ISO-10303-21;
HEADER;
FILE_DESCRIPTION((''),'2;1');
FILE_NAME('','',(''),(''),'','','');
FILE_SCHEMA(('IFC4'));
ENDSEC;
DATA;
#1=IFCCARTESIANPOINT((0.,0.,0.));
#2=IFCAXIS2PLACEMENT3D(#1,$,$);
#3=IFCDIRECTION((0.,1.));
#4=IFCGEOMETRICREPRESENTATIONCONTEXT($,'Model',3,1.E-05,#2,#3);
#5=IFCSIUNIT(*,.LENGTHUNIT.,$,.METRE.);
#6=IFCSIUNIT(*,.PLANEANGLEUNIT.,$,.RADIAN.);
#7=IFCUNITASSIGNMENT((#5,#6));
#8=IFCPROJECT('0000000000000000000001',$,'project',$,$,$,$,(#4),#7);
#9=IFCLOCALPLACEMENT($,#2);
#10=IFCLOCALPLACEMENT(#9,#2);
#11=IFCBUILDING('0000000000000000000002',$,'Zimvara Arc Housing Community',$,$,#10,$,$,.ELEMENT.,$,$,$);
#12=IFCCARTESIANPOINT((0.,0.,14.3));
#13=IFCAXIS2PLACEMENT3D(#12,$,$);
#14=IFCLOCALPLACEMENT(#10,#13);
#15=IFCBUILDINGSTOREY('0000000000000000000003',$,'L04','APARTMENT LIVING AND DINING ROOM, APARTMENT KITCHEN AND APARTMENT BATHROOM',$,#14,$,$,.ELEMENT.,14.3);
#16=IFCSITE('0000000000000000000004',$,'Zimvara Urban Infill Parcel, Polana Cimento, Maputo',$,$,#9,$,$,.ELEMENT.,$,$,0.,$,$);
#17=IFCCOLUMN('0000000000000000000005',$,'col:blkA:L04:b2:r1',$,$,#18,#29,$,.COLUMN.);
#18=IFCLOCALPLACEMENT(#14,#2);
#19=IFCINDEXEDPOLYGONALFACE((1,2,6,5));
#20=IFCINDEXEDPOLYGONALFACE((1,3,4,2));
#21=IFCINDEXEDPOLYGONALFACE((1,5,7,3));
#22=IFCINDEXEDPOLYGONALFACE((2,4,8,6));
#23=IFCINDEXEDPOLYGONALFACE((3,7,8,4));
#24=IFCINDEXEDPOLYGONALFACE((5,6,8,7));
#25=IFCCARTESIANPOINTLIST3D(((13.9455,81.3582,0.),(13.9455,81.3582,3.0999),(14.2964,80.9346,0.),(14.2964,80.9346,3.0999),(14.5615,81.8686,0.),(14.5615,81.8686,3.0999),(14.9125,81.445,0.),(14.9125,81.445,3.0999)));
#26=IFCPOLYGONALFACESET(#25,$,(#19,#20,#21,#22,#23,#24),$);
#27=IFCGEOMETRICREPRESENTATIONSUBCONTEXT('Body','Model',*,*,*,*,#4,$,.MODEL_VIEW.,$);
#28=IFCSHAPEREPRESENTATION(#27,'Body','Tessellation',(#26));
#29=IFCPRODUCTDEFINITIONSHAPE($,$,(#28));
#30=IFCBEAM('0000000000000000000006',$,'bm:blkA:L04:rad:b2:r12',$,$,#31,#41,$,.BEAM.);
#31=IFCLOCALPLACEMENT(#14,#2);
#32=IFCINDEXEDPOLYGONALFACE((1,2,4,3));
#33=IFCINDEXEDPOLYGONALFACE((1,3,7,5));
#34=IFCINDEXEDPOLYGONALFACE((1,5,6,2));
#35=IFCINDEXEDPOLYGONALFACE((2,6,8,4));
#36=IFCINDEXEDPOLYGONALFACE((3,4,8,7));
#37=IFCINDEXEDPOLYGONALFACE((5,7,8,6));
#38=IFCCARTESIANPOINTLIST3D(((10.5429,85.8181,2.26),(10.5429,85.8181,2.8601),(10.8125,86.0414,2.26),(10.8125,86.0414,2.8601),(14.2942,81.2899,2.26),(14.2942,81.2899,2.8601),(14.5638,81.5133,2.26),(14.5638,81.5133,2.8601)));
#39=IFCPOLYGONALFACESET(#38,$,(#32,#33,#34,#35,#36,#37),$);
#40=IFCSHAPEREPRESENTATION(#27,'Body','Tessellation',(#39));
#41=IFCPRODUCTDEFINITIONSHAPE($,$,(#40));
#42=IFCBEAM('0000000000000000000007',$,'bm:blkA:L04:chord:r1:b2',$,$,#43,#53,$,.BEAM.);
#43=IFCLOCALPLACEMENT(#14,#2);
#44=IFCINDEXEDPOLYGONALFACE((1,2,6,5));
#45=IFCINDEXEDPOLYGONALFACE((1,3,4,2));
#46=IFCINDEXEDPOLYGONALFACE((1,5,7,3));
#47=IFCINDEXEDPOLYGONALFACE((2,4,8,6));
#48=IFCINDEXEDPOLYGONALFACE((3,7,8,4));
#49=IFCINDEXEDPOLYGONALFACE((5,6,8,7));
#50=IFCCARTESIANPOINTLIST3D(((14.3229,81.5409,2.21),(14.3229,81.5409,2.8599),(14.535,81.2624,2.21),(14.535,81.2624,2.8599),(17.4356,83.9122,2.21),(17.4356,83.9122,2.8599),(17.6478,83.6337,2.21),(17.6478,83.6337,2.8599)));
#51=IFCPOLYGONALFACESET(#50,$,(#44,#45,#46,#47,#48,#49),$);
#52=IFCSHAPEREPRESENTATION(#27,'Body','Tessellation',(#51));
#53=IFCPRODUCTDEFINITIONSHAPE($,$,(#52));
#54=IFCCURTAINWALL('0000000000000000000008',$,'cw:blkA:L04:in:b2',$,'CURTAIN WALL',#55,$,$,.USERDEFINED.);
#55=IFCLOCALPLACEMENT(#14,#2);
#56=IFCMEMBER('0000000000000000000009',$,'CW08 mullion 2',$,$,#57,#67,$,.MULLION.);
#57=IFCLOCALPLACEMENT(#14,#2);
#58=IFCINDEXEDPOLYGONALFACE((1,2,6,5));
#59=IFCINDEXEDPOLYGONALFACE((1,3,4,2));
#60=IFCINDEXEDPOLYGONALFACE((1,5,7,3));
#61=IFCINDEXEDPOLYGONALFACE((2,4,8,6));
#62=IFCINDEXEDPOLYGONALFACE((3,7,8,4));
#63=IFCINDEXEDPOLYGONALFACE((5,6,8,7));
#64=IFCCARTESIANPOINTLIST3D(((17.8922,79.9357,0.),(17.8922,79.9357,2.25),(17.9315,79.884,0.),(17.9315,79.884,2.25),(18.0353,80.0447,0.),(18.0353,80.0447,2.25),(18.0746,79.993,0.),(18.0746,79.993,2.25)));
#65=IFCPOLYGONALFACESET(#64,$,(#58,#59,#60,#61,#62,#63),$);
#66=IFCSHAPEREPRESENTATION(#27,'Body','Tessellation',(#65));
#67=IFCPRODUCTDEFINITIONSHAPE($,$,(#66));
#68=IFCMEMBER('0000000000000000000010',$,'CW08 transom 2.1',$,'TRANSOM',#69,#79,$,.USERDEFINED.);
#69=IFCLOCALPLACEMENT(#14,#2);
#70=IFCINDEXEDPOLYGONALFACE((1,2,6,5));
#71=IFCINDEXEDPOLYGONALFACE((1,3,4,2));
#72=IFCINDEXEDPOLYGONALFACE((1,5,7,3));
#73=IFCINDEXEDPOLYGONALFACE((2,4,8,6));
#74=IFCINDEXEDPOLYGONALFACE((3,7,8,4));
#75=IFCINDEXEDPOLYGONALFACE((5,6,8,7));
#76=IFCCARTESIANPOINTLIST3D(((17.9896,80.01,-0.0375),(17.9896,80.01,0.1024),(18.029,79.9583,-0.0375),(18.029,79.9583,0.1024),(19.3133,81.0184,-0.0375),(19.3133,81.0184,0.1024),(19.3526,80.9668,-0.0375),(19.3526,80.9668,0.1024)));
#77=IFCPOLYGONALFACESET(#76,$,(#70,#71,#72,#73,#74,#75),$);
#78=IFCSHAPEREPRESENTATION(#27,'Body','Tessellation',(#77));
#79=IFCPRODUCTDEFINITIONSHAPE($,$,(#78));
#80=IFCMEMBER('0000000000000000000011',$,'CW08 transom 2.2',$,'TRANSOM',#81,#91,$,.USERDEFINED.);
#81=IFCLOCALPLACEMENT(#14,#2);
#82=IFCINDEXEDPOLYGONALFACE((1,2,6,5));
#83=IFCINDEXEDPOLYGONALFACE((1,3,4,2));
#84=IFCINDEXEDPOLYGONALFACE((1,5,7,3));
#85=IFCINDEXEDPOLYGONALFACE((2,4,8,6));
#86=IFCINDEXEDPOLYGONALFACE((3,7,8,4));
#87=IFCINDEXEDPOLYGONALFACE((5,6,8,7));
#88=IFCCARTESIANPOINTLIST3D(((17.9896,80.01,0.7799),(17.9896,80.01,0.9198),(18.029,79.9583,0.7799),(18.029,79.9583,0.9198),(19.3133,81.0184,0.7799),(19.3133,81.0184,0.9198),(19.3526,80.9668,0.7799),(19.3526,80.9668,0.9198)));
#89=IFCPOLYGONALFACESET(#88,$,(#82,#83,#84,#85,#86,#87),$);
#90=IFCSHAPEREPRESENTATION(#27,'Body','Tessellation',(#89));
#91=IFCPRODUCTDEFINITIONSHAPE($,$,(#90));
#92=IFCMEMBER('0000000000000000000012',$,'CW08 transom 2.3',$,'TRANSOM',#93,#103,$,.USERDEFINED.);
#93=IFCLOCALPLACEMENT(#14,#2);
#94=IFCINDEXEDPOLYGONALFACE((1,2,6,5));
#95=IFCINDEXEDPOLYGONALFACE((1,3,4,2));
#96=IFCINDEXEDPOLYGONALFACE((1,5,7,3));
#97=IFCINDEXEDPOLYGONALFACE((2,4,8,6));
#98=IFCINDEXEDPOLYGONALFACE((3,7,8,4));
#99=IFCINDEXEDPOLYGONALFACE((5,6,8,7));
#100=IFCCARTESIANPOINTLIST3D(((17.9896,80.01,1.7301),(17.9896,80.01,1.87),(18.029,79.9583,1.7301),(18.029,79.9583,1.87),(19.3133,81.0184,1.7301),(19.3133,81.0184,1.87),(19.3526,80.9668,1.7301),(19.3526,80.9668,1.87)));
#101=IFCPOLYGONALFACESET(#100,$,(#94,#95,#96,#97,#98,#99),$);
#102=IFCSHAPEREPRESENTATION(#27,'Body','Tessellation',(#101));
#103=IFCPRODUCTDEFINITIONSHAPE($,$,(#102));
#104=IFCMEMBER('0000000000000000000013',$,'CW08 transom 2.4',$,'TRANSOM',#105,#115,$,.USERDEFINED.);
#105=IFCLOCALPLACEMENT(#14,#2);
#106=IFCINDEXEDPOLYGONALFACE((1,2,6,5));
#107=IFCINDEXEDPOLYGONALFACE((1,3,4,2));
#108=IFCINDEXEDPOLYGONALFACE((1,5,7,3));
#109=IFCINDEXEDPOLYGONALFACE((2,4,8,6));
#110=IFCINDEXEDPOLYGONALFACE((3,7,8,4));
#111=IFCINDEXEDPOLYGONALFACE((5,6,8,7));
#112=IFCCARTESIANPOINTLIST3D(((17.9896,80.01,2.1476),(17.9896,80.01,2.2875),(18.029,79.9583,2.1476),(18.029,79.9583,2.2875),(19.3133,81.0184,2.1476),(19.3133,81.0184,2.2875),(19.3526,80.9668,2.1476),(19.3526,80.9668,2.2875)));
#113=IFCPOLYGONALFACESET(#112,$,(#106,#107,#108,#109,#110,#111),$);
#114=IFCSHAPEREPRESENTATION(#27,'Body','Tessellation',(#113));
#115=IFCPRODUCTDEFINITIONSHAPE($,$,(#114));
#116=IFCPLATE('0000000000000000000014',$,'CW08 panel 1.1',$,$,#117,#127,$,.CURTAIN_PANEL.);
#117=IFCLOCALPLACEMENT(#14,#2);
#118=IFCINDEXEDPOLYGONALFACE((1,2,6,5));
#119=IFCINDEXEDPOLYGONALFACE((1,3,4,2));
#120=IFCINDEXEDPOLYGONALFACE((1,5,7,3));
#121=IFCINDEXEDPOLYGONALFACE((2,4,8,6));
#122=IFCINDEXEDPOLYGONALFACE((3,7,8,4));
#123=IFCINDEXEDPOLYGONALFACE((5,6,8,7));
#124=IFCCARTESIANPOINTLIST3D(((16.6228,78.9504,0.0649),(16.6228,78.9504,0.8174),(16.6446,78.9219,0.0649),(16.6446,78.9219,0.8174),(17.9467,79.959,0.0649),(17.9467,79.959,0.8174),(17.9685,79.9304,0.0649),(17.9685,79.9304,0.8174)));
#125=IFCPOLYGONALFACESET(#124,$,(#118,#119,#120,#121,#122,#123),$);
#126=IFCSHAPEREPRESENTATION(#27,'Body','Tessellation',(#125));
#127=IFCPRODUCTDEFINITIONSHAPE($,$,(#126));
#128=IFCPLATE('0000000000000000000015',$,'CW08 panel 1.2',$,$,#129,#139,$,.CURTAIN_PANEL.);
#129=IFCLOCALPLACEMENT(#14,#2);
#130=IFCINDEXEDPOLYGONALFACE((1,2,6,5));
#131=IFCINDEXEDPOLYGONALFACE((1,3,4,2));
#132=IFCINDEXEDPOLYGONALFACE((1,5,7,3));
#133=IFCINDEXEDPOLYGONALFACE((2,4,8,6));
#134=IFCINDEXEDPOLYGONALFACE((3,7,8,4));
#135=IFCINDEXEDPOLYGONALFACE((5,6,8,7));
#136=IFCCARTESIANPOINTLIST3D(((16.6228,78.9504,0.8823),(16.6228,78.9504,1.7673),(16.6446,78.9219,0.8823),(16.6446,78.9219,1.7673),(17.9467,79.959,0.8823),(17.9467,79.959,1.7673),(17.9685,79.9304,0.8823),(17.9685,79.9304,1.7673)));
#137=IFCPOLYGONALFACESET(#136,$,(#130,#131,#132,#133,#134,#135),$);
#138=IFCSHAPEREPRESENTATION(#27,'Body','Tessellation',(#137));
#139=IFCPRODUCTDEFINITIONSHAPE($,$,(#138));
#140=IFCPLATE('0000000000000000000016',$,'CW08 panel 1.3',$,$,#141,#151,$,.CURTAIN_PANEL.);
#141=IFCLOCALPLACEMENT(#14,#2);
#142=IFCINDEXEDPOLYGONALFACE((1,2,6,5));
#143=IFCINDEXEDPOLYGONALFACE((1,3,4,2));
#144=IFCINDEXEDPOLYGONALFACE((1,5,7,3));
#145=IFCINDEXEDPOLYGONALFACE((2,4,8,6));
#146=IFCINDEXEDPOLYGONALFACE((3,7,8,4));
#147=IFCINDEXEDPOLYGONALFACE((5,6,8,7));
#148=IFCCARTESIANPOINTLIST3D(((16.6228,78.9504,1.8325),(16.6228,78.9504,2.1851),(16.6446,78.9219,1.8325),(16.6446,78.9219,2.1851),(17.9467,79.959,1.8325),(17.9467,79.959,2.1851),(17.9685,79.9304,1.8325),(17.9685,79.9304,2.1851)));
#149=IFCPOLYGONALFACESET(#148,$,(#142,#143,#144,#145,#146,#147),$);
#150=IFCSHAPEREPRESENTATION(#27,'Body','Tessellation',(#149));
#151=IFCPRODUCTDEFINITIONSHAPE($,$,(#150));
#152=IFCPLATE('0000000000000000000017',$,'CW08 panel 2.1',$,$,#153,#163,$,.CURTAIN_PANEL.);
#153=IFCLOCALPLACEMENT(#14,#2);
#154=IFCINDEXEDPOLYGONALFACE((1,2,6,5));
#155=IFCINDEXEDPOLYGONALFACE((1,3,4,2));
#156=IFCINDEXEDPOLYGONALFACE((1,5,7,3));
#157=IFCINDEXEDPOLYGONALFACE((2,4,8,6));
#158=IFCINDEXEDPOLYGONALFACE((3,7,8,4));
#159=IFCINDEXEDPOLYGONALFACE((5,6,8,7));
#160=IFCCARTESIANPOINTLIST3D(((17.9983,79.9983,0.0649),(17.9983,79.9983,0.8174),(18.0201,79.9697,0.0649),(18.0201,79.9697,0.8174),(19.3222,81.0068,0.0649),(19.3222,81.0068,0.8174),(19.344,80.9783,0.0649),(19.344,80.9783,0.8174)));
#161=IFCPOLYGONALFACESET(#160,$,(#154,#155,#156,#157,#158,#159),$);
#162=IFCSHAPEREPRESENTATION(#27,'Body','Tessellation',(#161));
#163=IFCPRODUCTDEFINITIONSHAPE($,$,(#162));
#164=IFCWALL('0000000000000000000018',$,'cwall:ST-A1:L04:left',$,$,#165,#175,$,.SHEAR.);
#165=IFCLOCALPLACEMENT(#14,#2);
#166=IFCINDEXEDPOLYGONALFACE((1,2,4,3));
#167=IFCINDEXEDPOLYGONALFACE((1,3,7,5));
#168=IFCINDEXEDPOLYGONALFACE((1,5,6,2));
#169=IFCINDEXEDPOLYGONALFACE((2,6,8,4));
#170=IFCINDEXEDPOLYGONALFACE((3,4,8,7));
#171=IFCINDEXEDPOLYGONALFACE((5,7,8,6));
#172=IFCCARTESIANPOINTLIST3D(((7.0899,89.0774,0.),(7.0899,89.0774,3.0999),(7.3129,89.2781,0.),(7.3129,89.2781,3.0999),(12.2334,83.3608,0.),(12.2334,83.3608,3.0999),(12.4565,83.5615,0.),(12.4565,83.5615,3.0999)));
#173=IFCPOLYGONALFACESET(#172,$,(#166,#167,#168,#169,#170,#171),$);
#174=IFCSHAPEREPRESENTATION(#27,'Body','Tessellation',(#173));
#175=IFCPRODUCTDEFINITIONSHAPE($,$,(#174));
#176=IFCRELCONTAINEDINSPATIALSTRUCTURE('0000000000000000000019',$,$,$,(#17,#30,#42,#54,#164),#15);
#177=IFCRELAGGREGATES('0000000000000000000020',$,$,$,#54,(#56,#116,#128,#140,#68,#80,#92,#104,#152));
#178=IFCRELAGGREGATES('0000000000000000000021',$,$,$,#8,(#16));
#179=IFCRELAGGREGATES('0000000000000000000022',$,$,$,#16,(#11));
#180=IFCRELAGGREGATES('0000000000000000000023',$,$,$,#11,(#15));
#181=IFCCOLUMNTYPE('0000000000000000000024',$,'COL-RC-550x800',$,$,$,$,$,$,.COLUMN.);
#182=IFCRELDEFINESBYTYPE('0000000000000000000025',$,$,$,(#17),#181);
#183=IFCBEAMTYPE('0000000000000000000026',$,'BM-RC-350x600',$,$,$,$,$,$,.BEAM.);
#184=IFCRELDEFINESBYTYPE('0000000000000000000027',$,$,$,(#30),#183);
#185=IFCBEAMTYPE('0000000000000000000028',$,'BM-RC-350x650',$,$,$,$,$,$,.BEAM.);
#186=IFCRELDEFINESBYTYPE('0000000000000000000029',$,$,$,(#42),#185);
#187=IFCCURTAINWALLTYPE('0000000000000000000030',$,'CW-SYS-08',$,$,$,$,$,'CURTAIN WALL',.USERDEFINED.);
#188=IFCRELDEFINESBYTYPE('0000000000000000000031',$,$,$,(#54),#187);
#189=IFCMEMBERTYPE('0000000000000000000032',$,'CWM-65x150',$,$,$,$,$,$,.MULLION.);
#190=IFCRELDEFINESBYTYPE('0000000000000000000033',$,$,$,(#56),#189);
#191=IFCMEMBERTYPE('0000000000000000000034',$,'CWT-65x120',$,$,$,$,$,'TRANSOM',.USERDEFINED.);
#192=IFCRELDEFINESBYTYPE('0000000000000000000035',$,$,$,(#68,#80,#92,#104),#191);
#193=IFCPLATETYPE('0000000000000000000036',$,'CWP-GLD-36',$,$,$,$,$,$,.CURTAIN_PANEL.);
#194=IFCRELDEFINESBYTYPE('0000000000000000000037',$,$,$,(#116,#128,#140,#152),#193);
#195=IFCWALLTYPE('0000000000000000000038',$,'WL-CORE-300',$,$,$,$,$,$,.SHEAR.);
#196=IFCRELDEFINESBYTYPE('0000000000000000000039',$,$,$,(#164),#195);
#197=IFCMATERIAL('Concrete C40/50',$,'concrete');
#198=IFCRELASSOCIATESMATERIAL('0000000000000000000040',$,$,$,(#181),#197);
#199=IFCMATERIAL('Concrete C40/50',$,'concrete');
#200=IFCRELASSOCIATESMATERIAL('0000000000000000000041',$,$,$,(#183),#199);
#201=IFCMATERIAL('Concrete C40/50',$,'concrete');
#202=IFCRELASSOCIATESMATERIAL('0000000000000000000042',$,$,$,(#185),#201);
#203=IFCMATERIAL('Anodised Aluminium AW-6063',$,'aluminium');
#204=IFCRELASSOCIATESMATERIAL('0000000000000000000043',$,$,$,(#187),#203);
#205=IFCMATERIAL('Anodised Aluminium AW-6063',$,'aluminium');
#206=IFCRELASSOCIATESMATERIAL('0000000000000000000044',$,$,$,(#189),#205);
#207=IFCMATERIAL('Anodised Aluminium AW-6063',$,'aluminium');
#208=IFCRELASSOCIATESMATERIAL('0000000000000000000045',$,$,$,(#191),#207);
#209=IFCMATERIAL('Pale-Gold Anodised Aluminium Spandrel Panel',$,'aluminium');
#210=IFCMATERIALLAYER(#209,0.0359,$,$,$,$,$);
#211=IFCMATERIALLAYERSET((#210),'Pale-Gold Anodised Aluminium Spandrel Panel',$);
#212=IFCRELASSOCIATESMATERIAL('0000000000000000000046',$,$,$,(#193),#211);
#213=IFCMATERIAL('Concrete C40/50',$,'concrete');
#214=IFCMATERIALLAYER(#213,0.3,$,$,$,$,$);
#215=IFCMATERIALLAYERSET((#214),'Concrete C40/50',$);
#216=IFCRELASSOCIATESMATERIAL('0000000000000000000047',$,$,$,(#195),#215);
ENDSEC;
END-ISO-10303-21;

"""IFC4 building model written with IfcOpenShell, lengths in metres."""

from ifc_helpers import new_model, si_unit, direction, frame, frame_2d, origin, origin_2d, place, context, subcontext, project, spatial, rectangle, extrude, material, layer, layer_set, material_profile, profile_set, type_object, element, aggregate, save


model = new_model("IFC4")

# Units and contexts
model_context = context("Model", 3, precision=1e-05, world=origin(), true_north=direction((0.0, 1.0)))
body_context = subcontext(model_context, "Body", "Model", "MODEL_VIEW")
ifc_project = project(units=[si_unit("LENGTHUNIT", "METRE"), si_unit("PLANEANGLEUNIT", "RADIAN")], contexts=[model_context])

# Site, building, storey
site_placement = place(None, origin())
site = spatial("IfcSite", under=ifc_project, at=site_placement, Name="Zimvara Urban Infill Parcel, Polana Cimento, Maputo", CompositionType="ELEMENT", RefElevation=0.0)
building_placement = place(site_placement, origin())
building = spatial("IfcBuilding", under=site, at=building_placement, Name="Zimvara Arc Housing Community", CompositionType="ELEMENT")
storey_placement = place(building_placement, frame((0.0, 0.0, 14.3)))
storey = spatial("IfcBuildingStorey", under=building, at=storey_placement, Name="L04", Description="APARTMENT LIVING AND DINING ROOM, APARTMENT KITCHEN AND APARTMENT BATHROOM", CompositionType="ELEMENT", Elevation=14.3)

# Column
ifc_material_1 = material(Name="Concrete C40/50", Category="concrete")
ifc_material_profile_1 = material_profile(ifc_material_1, rectangle(XDim=0.55, YDim=0.8, at=origin_2d()), Name="RC 550x800")
ifc_profile_set_1 = profile_set([ifc_material_profile_1], Name="Concrete C40/50")
column_type = type_object("IfcColumnType", Name="COL-RC-550x800", PredefinedType="COLUMN", material=ifc_profile_set_1)
column_placement = place(storey_placement, frame((14.429, 81.4016, 0.0), z_axis=(0.0, 0.0, 1.0), x_axis=(-0.637962, 0.770068, 0.0)))
element("IfcColumn", 1, at=column_placement, inside=storey, type_object=column_type, Name="col:blkA:L04:b2:r1", PredefinedType="COLUMN", context=body_context, shape_type="SweptSolid", body=[
    extrude(rectangle(XDim=0.55, YDim=0.8, at=origin_2d()), origin(), (0.0, 0.0, 1.0), 3.0999),
])

# Beams
ifc_material_2 = material(Name="Concrete C40/50", Category="concrete")
ifc_material_profile_2 = material_profile(ifc_material_2, rectangle(XDim=0.3501, YDim=0.6001, at=origin_2d()), Name="RC 350x600")
ifc_profile_set_2 = profile_set([ifc_material_profile_2], Name="Concrete C40/50")
beam_type_1 = type_object("IfcBeamType", Name="BM-RC-350x600", PredefinedType="BEAM", material=ifc_profile_set_2)
beam_1_placement = place(storey_placement, frame((14.429, 81.4016, 2.5601), z_axis=(-0.637956, 0.770073, 0.0), x_axis=(-0.770073, -0.637956, 0.0)))
element("IfcBeam", 2, at=beam_1_placement, inside=storey, type_object=beam_type_1, Name="bm:blkA:L04:rad:b2:r12", PredefinedType="BEAM", context=body_context, shape_type="SweptSolid", body=[
    extrude(rectangle(XDim=0.3501, YDim=0.6001, at=origin_2d()), origin(), (0.0, 0.0, 1.0), 5.8801),
])
ifc_material_3 = material(Name="Concrete C40/50", Category="concrete")
ifc_material_profile_3 = material_profile(ifc_material_3, rectangle(XDim=0.3501, YDim=0.6499, at=origin_2d()), Name="RC 350x650")
ifc_profile_set_3 = profile_set([ifc_material_profile_3], Name="Concrete C40/50")
beam_type_2 = type_object("IfcBeamType", Name="BM-RC-350x650", PredefinedType="BEAM", material=ifc_profile_set_3)
beam_2_placement = place(storey_placement, frame((14.429, 81.4016, 2.5349), z_axis=(0.79547, 0.605992, 0.0), x_axis=(-0.605992, 0.79547, 0.0)))
element("IfcBeam", 3, at=beam_2_placement, inside=storey, type_object=beam_type_2, Name="bm:blkA:L04:chord:r1:b2", PredefinedType="BEAM", context=body_context, shape_type="SweptSolid", body=[
    extrude(rectangle(XDim=0.3501, YDim=0.6499, at=origin_2d()), origin(), (0.0, 0.0, 1.0), 3.9131),
])

# Curtain wall, members, plates
ifc_material_4 = material(Name="Anodised Aluminium AW-6063", Category="aluminium")
curtain_wall_type = type_object("IfcCurtainWallType", Name="CW-SYS-08", ElementType="CURTAIN WALL", PredefinedType="USERDEFINED", material=ifc_material_4)
curtain_wall_placement = place(storey_placement, origin())
curtain_wall = element("IfcCurtainWall", 4, at=curtain_wall_placement, inside=storey, type_object=curtain_wall_type, Name="cw:blkA:L04:in:b2", ObjectType="CURTAIN WALL", PredefinedType="USERDEFINED")
ifc_material_5 = material(Name="Anodised Aluminium AW-6063", Category="aluminium")
ifc_material_profile_4 = material_profile(ifc_material_5, rectangle(XDim=0.0649, YDim=0.1799, at=origin_2d()), Name="ALU 65x180")
ifc_profile_set_4 = profile_set([ifc_material_profile_4], Name="Anodised Aluminium AW-6063")
member_type_1 = type_object("IfcMemberType", Name="CWM-65x150", PredefinedType="MULLION", material=ifc_profile_set_4)
member_1_placement = place(storey_placement, frame((17.9834, 79.9644, 0.0), z_axis=(0.0, 0.0, 1.0), x_axis=(-0.605988, 0.795474, 0.0)))
member_1 = element("IfcMember", 5, at=member_1_placement, type_object=member_type_1, Name="CW08 mullion 2", PredefinedType="MULLION", context=body_context, shape_type="SweptSolid", body=[
    extrude(rectangle(XDim=0.0649, YDim=0.1799, at=origin_2d()), origin(), (0.0, 0.0, 1.0), 2.25),
])
ifc_material_6 = material(Name="Anodised Aluminium AW-6063", Category="aluminium")
ifc_material_profile_5 = material_profile(ifc_material_6, rectangle(XDim=0.0649, YDim=0.1399, at=origin_2d()), Name="ALU 65x140")
ifc_profile_set_5 = profile_set([ifc_material_profile_5], Name="Anodised Aluminium AW-6063")
member_type_2 = type_object("IfcMemberType", Name="CWT-65x120", ElementType="TRANSOM", PredefinedType="USERDEFINED", material=ifc_profile_set_5)
member_2_placement = place(storey_placement, frame((18.0093, 79.9841, 0.0325), z_axis=(0.795435, 0.606039, 0.0), x_axis=(-0.606039, 0.795435, 0.0)))
member_2 = element("IfcMember", 6, at=member_2_placement, type_object=member_type_2, Name="CW08 transom 2.1", ObjectType="TRANSOM", PredefinedType="USERDEFINED", context=body_context, shape_type="SweptSolid", body=[
    extrude(rectangle(XDim=0.0649, YDim=0.1399, at=origin_2d()), origin(), (0.0, 0.0, 1.0), 1.6641),
])
member_3_placement = place(storey_placement, frame((18.0093, 79.9841, 0.8499), z_axis=(0.795435, 0.606039, 0.0), x_axis=(-0.606039, 0.795435, 0.0)))
member_3 = element("IfcMember", 7, at=member_3_placement, type_object=member_type_2, Name="CW08 transom 2.2", ObjectType="TRANSOM", PredefinedType="USERDEFINED", context=body_context, shape_type="SweptSolid", body=[
    extrude(rectangle(XDim=0.0649, YDim=0.1399, at=origin_2d()), origin(), (0.0, 0.0, 1.0), 1.6641),
])
member_4_placement = place(storey_placement, frame((18.0093, 79.9841, 1.8), z_axis=(0.795435, 0.606039, 0.0), x_axis=(-0.606039, 0.795435, 0.0)))
member_4 = element("IfcMember", 8, at=member_4_placement, type_object=member_type_2, Name="CW08 transom 2.3", ObjectType="TRANSOM", PredefinedType="USERDEFINED", context=body_context, shape_type="SweptSolid", body=[
    extrude(rectangle(XDim=0.0649, YDim=0.1399, at=origin_2d()), origin(), (0.0, 0.0, 1.0), 1.6641),
])
member_5_placement = place(storey_placement, frame((18.0093, 79.9841, 2.2175), z_axis=(0.795435, 0.606039, 0.0), x_axis=(-0.606039, 0.795435, 0.0)))
member_5 = element("IfcMember", 9, at=member_5_placement, type_object=member_type_2, Name="CW08 transom 2.4", ObjectType="TRANSOM", PredefinedType="USERDEFINED", context=body_context, shape_type="SweptSolid", body=[
    extrude(rectangle(XDim=0.0649, YDim=0.1399, at=origin_2d()), origin(), (0.0, 0.0, 1.0), 1.6641),
])
ifc_material_7 = material(Name="Pale-Gold Anodised Aluminium Spandrel Panel", Category="aluminium")
ifc_layer_1 = layer(ifc_material_7, 0.0359)
ifc_layer_set_1 = layer_set([ifc_layer_1], Name="Pale-Gold Anodised Aluminium Spandrel Panel")
plate_type = type_object("IfcPlateType", Name="CWP-GLD-36", PredefinedType="CURTAIN_PANEL", material=ifc_layer_set_1)
plate_1_placement = place(storey_placement, frame((17.2957, 79.4404, 0.0649), z_axis=(0.0, 0.0, 1.0), x_axis=(0.795474, 0.605988, 0.0)))
plate_1 = element("IfcPlate", 10, at=plate_1_placement, type_object=plate_type, Name="CW08 panel 1.1", PredefinedType="CURTAIN_PANEL", context=body_context, shape_type="SweptSolid", body=[
    extrude(rectangle(XDim=1.6643, YDim=0.0359, at=origin_2d()), origin(), (0.0, 0.0, 1.0), 0.7524),
])
plate_2_placement = place(storey_placement, frame((17.2957, 79.4404, 0.8823), z_axis=(0.0, 0.0, 1.0), x_axis=(0.795474, 0.605988, 0.0)))
plate_2 = element("IfcPlate", 11, at=plate_2_placement, type_object=plate_type, Name="CW08 panel 1.2", PredefinedType="CURTAIN_PANEL", context=body_context, shape_type="SweptSolid", body=[
    extrude(rectangle(XDim=1.6643, YDim=0.0359, at=origin_2d()), origin(), (0.0, 0.0, 1.0), 0.885),
])
plate_3_placement = place(storey_placement, frame((17.2957, 79.4404, 1.8325), z_axis=(0.0, 0.0, 1.0), x_axis=(0.795474, 0.605988, 0.0)))
plate_3 = element("IfcPlate", 12, at=plate_3_placement, type_object=plate_type, Name="CW08 panel 1.3", PredefinedType="CURTAIN_PANEL", context=body_context, shape_type="SweptSolid", body=[
    extrude(rectangle(XDim=1.6643, YDim=0.0359, at=origin_2d()), origin(), (0.0, 0.0, 1.0), 0.3525),
])
plate_4_placement = place(storey_placement, frame((18.6711, 80.4883, 0.0649), z_axis=(0.0, 0.0, 1.0), x_axis=(0.795474, 0.605988, 0.0)))
plate_4 = element("IfcPlate", 13, at=plate_4_placement, type_object=plate_type, Name="CW08 panel 2.1", PredefinedType="CURTAIN_PANEL", context=body_context, shape_type="SweptSolid", body=[
    extrude(rectangle(XDim=1.6643, YDim=0.0359, at=origin_2d()), origin(), (0.0, 0.0, 1.0), 0.7524),
])
aggregate(curtain_wall, [member_1, plate_1, plate_2, plate_3, member_2, member_3, member_4, member_5, plate_4])

# Shared definitions
ifc_material_8 = material(Name="Concrete C40/50", Category="concrete")
ifc_layer_2 = layer(ifc_material_8, 0.3)
ifc_layer_set_2 = layer_set([ifc_layer_2], Name="Concrete C40/50")
wall_type_1 = type_object("IfcWallType", Name="WL-CORE-300", PredefinedType="SHEAR", material=ifc_layer_set_2)

# Wall
wall_1_placement = place(storey_placement, frame((12.345, 83.4612, 0.0), z_axis=(0.0, 0.0, 1.0), x_axis=(-0.668868, 0.743381, 0.0)))
element("IfcWall", 14, at=wall_1_placement, inside=storey, type_object=wall_type_1, Name="cwall:ST-A1:L04:left", PredefinedType="SHEAR", context=body_context, shape_type="SweptSolid", body=[
    extrude(rectangle(XDim=7.6899, YDim=0.3, at=frame_2d((3.845, 0.0))), origin(), (0.0, 0.0, 1.0), 3.0999),
])

save(model, "model.ifc")
